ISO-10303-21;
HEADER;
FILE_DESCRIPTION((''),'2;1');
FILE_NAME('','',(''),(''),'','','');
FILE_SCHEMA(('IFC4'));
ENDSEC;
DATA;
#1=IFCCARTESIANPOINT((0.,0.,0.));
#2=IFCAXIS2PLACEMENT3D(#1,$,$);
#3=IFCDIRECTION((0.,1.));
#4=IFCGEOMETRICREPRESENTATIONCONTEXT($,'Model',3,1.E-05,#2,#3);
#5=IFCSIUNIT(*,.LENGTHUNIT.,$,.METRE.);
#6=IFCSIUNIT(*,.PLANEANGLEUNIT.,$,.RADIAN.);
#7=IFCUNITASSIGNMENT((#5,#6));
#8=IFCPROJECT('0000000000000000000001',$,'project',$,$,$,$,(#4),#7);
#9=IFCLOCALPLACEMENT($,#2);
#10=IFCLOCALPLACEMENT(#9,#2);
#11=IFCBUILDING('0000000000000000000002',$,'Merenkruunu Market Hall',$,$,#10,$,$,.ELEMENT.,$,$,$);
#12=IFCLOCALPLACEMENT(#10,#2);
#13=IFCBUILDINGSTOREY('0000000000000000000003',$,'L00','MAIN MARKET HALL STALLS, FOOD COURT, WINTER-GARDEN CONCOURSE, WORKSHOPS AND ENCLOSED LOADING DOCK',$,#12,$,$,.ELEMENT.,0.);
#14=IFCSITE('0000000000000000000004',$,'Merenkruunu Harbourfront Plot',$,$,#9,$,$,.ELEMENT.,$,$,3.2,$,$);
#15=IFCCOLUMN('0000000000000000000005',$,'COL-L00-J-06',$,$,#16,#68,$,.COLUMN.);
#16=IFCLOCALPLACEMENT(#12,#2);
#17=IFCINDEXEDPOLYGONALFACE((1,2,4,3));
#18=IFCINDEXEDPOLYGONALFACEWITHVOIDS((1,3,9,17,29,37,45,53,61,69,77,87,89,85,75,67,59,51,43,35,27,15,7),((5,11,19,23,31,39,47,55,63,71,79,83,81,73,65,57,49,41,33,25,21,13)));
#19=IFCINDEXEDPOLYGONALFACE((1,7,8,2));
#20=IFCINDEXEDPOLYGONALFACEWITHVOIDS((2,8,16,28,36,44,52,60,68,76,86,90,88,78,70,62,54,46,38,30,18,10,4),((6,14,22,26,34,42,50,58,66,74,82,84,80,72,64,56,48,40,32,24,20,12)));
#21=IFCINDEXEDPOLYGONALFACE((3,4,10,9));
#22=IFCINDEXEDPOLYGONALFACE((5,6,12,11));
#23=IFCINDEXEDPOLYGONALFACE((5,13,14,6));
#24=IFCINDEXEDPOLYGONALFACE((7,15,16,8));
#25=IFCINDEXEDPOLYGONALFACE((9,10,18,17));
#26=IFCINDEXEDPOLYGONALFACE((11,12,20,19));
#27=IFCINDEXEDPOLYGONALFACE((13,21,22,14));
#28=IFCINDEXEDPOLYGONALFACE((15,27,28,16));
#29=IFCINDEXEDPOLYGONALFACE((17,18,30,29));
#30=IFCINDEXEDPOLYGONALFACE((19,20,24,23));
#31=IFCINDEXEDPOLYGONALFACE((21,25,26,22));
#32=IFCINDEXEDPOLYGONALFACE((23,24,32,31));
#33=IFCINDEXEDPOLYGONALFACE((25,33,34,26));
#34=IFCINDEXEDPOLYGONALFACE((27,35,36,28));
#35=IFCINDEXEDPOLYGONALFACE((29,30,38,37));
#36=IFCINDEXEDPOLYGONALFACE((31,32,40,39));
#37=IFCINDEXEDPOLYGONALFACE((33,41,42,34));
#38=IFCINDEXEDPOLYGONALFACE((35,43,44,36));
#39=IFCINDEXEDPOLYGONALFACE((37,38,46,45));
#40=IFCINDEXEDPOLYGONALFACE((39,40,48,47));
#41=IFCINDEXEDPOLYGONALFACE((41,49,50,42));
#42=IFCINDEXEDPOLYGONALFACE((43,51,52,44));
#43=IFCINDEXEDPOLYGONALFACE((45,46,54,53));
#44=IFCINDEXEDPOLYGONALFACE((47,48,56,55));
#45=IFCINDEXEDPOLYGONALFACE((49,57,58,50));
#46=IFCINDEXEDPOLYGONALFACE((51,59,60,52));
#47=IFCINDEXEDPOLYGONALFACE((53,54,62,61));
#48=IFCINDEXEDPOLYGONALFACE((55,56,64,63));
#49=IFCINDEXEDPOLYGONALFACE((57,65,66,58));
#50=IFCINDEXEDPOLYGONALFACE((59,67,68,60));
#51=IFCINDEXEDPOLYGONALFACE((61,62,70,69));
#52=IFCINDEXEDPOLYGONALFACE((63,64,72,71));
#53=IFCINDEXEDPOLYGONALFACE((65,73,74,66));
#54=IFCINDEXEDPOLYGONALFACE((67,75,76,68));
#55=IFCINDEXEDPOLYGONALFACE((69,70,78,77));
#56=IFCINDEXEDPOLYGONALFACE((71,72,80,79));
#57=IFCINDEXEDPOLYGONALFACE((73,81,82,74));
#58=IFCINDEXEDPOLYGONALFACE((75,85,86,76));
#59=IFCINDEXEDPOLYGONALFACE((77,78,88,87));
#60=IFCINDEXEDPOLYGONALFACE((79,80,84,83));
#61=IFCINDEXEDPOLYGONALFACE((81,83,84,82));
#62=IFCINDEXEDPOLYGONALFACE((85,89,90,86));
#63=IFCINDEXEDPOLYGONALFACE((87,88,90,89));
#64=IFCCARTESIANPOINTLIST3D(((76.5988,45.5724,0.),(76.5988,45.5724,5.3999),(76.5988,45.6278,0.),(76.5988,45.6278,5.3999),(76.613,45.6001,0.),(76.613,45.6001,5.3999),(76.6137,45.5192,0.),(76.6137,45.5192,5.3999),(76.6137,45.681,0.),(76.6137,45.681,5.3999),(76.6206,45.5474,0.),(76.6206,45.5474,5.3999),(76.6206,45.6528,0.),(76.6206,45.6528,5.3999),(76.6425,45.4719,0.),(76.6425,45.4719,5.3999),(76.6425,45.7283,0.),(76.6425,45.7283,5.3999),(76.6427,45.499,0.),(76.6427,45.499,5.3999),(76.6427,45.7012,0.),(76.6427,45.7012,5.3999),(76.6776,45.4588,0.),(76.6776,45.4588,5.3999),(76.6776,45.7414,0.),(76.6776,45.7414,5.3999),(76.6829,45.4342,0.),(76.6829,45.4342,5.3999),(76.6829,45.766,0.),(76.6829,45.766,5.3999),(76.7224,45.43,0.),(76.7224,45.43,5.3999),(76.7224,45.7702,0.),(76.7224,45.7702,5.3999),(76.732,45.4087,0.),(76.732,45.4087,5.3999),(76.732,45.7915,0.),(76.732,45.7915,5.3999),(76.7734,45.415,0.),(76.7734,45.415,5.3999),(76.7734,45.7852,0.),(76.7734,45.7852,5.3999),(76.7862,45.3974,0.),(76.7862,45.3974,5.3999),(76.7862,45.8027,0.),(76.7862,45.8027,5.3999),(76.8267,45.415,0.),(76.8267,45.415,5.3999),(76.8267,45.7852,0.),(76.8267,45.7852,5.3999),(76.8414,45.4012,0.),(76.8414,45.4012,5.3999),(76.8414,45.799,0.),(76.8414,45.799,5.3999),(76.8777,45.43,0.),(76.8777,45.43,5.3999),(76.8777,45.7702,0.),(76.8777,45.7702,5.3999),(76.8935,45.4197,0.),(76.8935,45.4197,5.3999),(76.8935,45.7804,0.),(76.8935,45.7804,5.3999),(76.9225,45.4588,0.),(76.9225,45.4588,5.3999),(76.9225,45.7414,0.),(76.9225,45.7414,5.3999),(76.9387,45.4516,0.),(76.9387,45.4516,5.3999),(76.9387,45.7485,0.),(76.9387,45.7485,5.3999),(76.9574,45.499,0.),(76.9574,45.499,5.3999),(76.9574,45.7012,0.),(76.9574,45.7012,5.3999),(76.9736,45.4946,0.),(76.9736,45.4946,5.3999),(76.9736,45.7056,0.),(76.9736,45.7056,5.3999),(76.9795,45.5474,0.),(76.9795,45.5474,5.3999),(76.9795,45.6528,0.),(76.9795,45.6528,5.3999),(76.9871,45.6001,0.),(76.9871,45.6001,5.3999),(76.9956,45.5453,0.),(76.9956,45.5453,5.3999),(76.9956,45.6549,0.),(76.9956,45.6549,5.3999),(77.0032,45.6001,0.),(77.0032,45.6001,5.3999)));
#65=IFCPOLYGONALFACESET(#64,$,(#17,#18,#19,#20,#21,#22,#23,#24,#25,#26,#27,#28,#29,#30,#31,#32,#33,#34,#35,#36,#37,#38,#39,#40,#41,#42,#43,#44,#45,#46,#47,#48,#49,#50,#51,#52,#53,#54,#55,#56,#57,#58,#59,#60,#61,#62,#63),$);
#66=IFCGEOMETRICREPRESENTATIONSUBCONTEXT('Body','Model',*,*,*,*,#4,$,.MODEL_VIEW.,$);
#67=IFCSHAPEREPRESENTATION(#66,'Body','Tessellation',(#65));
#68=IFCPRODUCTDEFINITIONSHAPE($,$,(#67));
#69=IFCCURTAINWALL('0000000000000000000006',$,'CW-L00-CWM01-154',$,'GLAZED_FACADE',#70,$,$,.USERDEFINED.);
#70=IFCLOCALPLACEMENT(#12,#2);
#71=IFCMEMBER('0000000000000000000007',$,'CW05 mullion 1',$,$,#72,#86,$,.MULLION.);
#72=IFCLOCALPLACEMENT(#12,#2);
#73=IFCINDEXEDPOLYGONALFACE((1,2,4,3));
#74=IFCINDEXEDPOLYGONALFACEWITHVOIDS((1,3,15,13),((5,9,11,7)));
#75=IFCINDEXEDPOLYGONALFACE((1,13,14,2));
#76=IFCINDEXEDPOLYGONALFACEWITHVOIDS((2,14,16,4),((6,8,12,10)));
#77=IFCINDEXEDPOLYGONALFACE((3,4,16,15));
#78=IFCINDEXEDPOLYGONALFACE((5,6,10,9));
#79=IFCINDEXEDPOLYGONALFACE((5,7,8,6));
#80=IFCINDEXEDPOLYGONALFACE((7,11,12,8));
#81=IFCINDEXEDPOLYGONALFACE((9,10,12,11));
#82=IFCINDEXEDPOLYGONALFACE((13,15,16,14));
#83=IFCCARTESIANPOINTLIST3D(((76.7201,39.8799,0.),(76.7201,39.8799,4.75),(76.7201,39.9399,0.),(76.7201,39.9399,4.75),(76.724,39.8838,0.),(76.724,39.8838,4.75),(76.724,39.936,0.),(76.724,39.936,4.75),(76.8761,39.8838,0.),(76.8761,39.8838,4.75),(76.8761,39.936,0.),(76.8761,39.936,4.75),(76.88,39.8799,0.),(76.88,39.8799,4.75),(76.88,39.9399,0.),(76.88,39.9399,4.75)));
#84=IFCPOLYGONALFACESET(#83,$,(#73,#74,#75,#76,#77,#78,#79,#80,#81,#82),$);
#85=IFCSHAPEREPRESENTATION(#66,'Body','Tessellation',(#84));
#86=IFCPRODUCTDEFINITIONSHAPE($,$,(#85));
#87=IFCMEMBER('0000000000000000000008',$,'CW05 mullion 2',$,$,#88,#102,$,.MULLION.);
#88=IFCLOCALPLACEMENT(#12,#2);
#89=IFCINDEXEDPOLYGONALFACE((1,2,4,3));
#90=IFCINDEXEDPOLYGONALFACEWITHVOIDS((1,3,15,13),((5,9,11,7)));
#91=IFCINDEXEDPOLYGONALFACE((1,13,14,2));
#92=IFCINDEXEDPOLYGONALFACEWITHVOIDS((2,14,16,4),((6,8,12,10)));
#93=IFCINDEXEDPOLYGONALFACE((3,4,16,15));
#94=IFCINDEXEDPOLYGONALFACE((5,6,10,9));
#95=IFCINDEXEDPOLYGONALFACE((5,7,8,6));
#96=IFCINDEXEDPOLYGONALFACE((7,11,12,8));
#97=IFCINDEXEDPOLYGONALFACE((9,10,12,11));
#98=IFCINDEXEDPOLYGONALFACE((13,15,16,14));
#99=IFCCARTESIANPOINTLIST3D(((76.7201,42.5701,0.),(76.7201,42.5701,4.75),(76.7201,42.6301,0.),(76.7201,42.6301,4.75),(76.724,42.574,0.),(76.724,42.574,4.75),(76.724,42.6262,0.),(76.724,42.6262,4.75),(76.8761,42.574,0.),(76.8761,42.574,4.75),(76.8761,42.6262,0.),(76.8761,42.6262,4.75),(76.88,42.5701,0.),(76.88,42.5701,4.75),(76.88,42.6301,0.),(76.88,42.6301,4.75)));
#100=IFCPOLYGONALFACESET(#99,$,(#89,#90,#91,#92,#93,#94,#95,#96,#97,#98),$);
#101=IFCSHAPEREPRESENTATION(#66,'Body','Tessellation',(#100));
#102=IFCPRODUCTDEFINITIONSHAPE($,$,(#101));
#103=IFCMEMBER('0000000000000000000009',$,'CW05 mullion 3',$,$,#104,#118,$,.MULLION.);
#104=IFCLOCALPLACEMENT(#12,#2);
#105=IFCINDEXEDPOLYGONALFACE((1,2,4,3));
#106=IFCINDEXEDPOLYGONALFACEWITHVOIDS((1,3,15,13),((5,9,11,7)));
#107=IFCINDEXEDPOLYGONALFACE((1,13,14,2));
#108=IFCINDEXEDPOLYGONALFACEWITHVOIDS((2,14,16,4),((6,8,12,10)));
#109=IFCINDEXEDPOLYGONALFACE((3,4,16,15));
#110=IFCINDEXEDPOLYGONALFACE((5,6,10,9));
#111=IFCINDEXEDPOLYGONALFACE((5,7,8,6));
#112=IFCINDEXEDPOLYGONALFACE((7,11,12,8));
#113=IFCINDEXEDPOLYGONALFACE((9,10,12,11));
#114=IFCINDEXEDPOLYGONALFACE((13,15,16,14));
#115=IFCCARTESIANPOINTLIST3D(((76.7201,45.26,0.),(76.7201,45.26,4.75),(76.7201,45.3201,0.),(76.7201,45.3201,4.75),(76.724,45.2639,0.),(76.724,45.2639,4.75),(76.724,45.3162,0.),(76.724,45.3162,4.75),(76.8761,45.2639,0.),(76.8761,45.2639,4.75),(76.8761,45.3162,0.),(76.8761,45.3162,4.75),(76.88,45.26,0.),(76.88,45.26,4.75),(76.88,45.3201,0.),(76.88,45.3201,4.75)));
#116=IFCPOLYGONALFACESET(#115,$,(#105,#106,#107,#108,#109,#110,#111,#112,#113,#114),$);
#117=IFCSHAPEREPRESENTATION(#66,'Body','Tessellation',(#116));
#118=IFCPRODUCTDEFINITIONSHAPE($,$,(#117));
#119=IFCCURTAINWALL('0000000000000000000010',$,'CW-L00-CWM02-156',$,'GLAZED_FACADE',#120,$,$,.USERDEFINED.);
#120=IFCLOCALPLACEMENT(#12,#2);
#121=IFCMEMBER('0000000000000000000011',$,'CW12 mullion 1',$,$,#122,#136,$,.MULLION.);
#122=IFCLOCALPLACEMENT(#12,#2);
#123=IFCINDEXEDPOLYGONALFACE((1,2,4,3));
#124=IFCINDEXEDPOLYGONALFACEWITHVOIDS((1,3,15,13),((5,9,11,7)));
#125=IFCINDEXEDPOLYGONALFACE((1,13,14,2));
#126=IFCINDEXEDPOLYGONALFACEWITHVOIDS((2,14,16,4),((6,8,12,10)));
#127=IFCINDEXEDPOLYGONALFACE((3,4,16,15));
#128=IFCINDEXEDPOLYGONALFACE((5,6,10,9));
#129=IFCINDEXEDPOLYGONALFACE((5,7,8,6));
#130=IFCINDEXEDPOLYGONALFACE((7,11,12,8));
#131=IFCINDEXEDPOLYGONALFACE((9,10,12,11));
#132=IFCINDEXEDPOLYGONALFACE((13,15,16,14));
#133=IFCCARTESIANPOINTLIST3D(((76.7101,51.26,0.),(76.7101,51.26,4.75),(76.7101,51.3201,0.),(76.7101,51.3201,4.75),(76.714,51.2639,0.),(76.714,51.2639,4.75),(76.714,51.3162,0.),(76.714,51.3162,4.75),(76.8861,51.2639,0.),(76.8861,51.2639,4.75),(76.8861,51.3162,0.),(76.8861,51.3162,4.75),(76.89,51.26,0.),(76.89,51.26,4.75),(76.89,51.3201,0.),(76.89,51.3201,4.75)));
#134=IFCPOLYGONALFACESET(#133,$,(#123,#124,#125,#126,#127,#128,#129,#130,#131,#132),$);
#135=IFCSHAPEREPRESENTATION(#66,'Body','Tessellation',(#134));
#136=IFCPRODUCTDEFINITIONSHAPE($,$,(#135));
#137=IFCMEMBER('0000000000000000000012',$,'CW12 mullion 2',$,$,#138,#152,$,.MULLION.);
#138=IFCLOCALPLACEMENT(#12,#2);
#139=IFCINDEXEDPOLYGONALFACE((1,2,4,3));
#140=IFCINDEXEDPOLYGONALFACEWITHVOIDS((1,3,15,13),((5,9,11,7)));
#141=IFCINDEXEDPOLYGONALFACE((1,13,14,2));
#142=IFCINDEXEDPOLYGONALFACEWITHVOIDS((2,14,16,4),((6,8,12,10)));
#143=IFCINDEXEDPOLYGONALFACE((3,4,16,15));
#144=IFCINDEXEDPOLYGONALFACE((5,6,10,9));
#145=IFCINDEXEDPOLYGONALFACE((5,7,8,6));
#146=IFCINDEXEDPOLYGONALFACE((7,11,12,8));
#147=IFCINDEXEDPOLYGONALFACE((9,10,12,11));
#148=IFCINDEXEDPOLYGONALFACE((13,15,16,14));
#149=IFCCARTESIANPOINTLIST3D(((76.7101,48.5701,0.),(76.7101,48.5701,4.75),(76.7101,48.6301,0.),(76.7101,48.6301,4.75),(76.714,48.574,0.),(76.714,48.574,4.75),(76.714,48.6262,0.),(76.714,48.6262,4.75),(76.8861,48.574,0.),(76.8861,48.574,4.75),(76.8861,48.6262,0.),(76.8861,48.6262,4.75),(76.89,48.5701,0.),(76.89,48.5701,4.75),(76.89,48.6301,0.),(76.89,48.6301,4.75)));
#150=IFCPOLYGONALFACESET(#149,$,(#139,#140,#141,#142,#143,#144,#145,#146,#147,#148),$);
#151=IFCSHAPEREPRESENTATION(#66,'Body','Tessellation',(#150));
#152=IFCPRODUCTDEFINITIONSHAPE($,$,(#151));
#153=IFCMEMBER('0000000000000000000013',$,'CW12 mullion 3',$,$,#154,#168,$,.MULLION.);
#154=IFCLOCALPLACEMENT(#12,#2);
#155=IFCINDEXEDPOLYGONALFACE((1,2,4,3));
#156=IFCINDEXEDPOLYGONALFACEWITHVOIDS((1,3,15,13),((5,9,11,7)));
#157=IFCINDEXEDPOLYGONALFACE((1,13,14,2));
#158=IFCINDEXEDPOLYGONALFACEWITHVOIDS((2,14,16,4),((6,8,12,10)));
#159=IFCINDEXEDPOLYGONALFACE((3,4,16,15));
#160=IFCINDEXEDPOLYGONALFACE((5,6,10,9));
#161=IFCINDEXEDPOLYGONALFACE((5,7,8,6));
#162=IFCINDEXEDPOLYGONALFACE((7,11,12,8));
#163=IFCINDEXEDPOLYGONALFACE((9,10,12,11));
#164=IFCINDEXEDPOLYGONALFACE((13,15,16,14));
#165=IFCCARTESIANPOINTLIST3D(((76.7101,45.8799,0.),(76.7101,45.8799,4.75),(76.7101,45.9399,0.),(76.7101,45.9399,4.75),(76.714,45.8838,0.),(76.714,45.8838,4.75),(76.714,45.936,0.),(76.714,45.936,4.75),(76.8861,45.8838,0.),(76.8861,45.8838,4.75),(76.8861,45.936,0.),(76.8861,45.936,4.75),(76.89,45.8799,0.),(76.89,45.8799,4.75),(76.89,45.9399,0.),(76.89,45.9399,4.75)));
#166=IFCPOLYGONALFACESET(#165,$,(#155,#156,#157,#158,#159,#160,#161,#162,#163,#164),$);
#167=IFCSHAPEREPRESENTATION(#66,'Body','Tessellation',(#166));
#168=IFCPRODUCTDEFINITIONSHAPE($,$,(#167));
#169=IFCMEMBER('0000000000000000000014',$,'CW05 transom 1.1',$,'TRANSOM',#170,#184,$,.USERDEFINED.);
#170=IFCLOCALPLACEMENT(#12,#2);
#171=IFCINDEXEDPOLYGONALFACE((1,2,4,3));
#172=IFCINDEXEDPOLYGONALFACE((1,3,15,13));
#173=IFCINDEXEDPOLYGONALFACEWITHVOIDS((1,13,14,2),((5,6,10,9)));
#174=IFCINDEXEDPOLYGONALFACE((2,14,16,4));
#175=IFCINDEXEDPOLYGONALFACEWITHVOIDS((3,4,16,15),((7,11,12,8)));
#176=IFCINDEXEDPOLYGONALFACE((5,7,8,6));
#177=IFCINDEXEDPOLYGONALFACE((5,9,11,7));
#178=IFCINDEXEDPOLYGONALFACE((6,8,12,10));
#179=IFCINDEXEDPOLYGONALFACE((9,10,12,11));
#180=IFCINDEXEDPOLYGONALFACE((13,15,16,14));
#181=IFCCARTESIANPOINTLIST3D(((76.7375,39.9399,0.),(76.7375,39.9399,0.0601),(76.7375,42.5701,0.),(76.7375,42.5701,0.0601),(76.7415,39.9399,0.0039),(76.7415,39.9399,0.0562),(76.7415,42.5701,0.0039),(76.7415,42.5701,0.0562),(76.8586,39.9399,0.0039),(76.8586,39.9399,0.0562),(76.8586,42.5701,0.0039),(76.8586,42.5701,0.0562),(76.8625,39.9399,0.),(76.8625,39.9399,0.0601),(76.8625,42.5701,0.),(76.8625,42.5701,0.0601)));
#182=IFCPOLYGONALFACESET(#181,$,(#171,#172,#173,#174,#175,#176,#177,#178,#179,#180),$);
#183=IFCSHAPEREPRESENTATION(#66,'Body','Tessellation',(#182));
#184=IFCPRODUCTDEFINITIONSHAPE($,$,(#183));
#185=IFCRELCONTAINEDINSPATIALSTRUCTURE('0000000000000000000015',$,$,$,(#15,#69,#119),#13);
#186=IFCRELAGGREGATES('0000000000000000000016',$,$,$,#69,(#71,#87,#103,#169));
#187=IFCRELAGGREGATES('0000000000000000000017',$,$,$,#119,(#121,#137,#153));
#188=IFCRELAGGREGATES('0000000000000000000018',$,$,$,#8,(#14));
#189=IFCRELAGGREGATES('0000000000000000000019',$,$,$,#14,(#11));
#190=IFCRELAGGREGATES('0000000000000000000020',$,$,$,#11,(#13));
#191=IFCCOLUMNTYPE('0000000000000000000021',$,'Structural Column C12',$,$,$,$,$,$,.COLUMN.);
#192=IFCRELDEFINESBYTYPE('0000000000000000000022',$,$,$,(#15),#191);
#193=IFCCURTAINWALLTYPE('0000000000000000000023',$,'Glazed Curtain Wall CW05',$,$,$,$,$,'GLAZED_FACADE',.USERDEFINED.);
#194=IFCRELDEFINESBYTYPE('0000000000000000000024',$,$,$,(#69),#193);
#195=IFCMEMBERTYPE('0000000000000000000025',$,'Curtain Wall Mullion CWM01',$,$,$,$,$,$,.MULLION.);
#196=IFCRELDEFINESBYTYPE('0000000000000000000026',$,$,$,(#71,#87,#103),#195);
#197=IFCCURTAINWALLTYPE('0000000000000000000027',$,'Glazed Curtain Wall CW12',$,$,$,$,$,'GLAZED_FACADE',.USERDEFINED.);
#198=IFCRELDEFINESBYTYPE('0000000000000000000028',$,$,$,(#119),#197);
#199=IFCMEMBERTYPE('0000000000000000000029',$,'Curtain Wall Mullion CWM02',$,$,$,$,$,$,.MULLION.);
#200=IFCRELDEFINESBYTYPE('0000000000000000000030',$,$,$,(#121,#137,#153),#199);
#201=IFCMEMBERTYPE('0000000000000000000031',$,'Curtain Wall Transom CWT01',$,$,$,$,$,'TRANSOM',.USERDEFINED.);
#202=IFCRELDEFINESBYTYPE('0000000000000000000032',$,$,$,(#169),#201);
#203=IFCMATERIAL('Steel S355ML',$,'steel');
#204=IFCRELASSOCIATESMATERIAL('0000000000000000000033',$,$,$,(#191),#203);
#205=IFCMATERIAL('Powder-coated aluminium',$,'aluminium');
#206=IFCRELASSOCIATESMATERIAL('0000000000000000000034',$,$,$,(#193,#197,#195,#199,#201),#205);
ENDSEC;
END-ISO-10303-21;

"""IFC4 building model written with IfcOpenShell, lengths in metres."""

from ifc_helpers import new_model, si_unit, direction, frame, origin, origin_2d, place, context, subcontext, project, spatial, hollow_rectangle, hollow_circle, extrude, material, material_profile, profile_set, type_object, element, aggregate, save


model = new_model("IFC4")

# Units and contexts
model_context = context("Model", 3, precision=1e-05, world=origin(), true_north=direction((0.0, 1.0)))
body_context = subcontext(model_context, "Body", "Model", "MODEL_VIEW")
ifc_project = project(units=[si_unit("LENGTHUNIT", "METRE"), si_unit("PLANEANGLEUNIT", "RADIAN")], contexts=[model_context])

# Site, building, storey
site_placement = place(None, origin())
site = spatial("IfcSite", under=ifc_project, at=site_placement, Name="Merenkruunu Harbourfront Plot", CompositionType="ELEMENT", RefElevation=3.2)
building_placement = place(site_placement, origin())
building = spatial("IfcBuilding", under=site, at=building_placement, Name="Merenkruunu Market Hall", CompositionType="ELEMENT")
storey_placement = place(building_placement, origin())
storey = spatial("IfcBuildingStorey", under=building, at=storey_placement, Name="L00", Description="MAIN MARKET HALL STALLS, FOOD COURT, WINTER-GARDEN CONCOURSE, WORKSHOPS AND ENCLOSED LOADING DOCK", CompositionType="ELEMENT", Elevation=0.0)

# Column
ifc_material_1 = material(Name="Steel S355ML", Category="steel")
ifc_material_profile_1 = material_profile(ifc_material_1, hollow_circle(Radius=0.2031, WallThickness=0.0161, at=origin_2d()), Name="CHS 406.4x16")
ifc_profile_set_1 = profile_set([ifc_material_profile_1], Name="Steel S355ML")
column_type = type_object("IfcColumnType", Name="Structural Column C12", PredefinedType="COLUMN", material=ifc_profile_set_1)
column_placement = place(storey_placement, frame((76.8, 45.6001, 0.0), z_axis=(0.0, 0.0, 1.0), x_axis=(1.0, 0.0, 0.0)))
element("IfcColumn", 1, at=column_placement, inside=storey, type_object=column_type, Name="COL-L00-J-06", PredefinedType="COLUMN", context=body_context, shape_type="SweptSolid", body=[
    extrude(hollow_circle(Radius=0.2031, WallThickness=0.0161, at=origin_2d()), origin(), (0.0, 0.0, 1.0), 5.3999),
])

# Curtain walls, members
ifc_material_2 = material(Name="Powder-coated aluminium", Category="aluminium")
curtain_wall_type_1 = type_object("IfcCurtainWallType", Name="Glazed Curtain Wall CW05", ElementType="GLAZED_FACADE", PredefinedType="USERDEFINED", material=ifc_material_2)
curtain_wall_1_placement = place(storey_placement, origin())
curtain_wall_1 = element("IfcCurtainWall", 2, at=curtain_wall_1_placement, inside=storey, type_object=curtain_wall_type_1, Name="CW-L00-CWM01-154", ObjectType="GLAZED_FACADE", PredefinedType="USERDEFINED")
ifc_material_profile_2 = material_profile(ifc_material_2, hollow_rectangle(XDim=0.0601, YDim=0.1599, WallThickness=0.0039, at=origin_2d()), Name="ALU 60x160x4")
ifc_profile_set_2 = profile_set([ifc_material_profile_2], Name="Powder-coated aluminium")
member_type_1 = type_object("IfcMemberType", Name="Curtain Wall Mullion CWM01", PredefinedType="MULLION", material=ifc_profile_set_2)
member_1_placement = place(storey_placement, frame((76.8, 39.9099, 0.0), z_axis=(0.0, 0.0, 1.0), x_axis=(0.0, 1.0, 0.0)))
member_1 = element("IfcMember", 3, at=member_1_placement, type_object=member_type_1, Name="CW05 mullion 1", PredefinedType="MULLION", context=body_context, shape_type="SweptSolid", body=[
    extrude(hollow_rectangle(XDim=0.0601, YDim=0.1599, WallThickness=0.0039, at=origin_2d()), origin(), (0.0, 0.0, 1.0), 4.75),
])
member_2_placement = place(storey_placement, frame((76.8, 42.6001, 0.0), z_axis=(0.0, 0.0, 1.0), x_axis=(0.0, 1.0, 0.0)))
member_2 = element("IfcMember", 4, at=member_2_placement, type_object=member_type_1, Name="CW05 mullion 2", PredefinedType="MULLION", context=body_context, shape_type="SweptSolid", body=[
    extrude(hollow_rectangle(XDim=0.0601, YDim=0.1599, WallThickness=0.0039, at=origin_2d()), origin(), (0.0, 0.0, 1.0), 4.75),
])
member_3_placement = place(storey_placement, frame((76.8, 45.29, 0.0), z_axis=(0.0, 0.0, 1.0), x_axis=(0.0, 1.0, 0.0)))
member_3 = element("IfcMember", 5, at=member_3_placement, type_object=member_type_1, Name="CW05 mullion 3", PredefinedType="MULLION", context=body_context, shape_type="SweptSolid", body=[
    extrude(hollow_rectangle(XDim=0.0601, YDim=0.1599, WallThickness=0.0039, at=origin_2d()), origin(), (0.0, 0.0, 1.0), 4.75),
])
curtain_wall_type_2 = type_object("IfcCurtainWallType", Name="Glazed Curtain Wall CW12", ElementType="GLAZED_FACADE", PredefinedType="USERDEFINED", material=ifc_material_2)
curtain_wall_2_placement = place(storey_placement, origin())
curtain_wall_2 = element("IfcCurtainWall", 6, at=curtain_wall_2_placement, inside=storey, type_object=curtain_wall_type_2, Name="CW-L00-CWM02-156", ObjectType="GLAZED_FACADE", PredefinedType="USERDEFINED")
ifc_material_profile_3 = material_profile(ifc_material_2, hollow_rectangle(XDim=0.0601, YDim=0.1799, WallThickness=0.0039, at=origin_2d()), Name="ALU 60x180x4")
ifc_profile_set_3 = profile_set([ifc_material_profile_3], Name="Powder-coated aluminium")
member_type_2 = type_object("IfcMemberType", Name="Curtain Wall Mullion CWM02", PredefinedType="MULLION", material=ifc_profile_set_3)
member_4_placement = place(storey_placement, frame((76.8, 51.29, 0.0), z_axis=(0.0, 0.0, 1.0), x_axis=(0.0, -1.0, 0.0)))
member_4 = element("IfcMember", 7, at=member_4_placement, type_object=member_type_2, Name="CW12 mullion 1", PredefinedType="MULLION", context=body_context, shape_type="SweptSolid", body=[
    extrude(hollow_rectangle(XDim=0.0601, YDim=0.1799, WallThickness=0.0039, at=origin_2d()), origin(), (0.0, 0.0, 1.0), 4.75),
])
member_5_placement = place(storey_placement, frame((76.8, 48.6001, 0.0), z_axis=(0.0, 0.0, 1.0), x_axis=(0.0, -1.0, 0.0)))
member_5 = element("IfcMember", 8, at=member_5_placement, type_object=member_type_2, Name="CW12 mullion 2", PredefinedType="MULLION", context=body_context, shape_type="SweptSolid", body=[
    extrude(hollow_rectangle(XDim=0.0601, YDim=0.1799, WallThickness=0.0039, at=origin_2d()), origin(), (0.0, 0.0, 1.0), 4.75),
])
member_6_placement = place(storey_placement, frame((76.8, 45.9099, 0.0), z_axis=(0.0, 0.0, 1.0), x_axis=(0.0, -1.0, 0.0)))
member_6 = element("IfcMember", 9, at=member_6_placement, type_object=member_type_2, Name="CW12 mullion 3", PredefinedType="MULLION", context=body_context, shape_type="SweptSolid", body=[
    extrude(hollow_rectangle(XDim=0.0601, YDim=0.1799, WallThickness=0.0039, at=origin_2d()), origin(), (0.0, 0.0, 1.0), 4.75),
])

# Member
ifc_material_profile_4 = material_profile(ifc_material_2, hollow_rectangle(XDim=0.0601, YDim=0.125, WallThickness=0.0039, at=origin_2d()), Name="ALU 60x125x4")
ifc_profile_set_4 = profile_set([ifc_material_profile_4], Name="Powder-coated aluminium")
member_type_3 = type_object("IfcMemberType", Name="Curtain Wall Transom CWT01", ElementType="TRANSOM", PredefinedType="USERDEFINED", material=ifc_profile_set_4)
member_7_placement = place(storey_placement, frame((76.8, 39.9399, 0.03), z_axis=(0.0, 1.0, 0.0), x_axis=(0.0, 0.0, 1.0)))
member_7 = element("IfcMember", 10, at=member_7_placement, type_object=member_type_3, Name="CW05 transom 1.1", ObjectType="TRANSOM", PredefinedType="USERDEFINED", context=body_context, shape_type="SweptSolid", body=[
    extrude(hollow_rectangle(XDim=0.0601, YDim=0.125, WallThickness=0.0039, at=origin_2d()), origin(), (0.0, 0.0, 1.0), 2.6301),
])

aggregate(curtain_wall_1, [member_1, member_2, member_3, member_7])
aggregate(curtain_wall_2, [member_4, member_5, member_6])

save(model, "model.ifc")
